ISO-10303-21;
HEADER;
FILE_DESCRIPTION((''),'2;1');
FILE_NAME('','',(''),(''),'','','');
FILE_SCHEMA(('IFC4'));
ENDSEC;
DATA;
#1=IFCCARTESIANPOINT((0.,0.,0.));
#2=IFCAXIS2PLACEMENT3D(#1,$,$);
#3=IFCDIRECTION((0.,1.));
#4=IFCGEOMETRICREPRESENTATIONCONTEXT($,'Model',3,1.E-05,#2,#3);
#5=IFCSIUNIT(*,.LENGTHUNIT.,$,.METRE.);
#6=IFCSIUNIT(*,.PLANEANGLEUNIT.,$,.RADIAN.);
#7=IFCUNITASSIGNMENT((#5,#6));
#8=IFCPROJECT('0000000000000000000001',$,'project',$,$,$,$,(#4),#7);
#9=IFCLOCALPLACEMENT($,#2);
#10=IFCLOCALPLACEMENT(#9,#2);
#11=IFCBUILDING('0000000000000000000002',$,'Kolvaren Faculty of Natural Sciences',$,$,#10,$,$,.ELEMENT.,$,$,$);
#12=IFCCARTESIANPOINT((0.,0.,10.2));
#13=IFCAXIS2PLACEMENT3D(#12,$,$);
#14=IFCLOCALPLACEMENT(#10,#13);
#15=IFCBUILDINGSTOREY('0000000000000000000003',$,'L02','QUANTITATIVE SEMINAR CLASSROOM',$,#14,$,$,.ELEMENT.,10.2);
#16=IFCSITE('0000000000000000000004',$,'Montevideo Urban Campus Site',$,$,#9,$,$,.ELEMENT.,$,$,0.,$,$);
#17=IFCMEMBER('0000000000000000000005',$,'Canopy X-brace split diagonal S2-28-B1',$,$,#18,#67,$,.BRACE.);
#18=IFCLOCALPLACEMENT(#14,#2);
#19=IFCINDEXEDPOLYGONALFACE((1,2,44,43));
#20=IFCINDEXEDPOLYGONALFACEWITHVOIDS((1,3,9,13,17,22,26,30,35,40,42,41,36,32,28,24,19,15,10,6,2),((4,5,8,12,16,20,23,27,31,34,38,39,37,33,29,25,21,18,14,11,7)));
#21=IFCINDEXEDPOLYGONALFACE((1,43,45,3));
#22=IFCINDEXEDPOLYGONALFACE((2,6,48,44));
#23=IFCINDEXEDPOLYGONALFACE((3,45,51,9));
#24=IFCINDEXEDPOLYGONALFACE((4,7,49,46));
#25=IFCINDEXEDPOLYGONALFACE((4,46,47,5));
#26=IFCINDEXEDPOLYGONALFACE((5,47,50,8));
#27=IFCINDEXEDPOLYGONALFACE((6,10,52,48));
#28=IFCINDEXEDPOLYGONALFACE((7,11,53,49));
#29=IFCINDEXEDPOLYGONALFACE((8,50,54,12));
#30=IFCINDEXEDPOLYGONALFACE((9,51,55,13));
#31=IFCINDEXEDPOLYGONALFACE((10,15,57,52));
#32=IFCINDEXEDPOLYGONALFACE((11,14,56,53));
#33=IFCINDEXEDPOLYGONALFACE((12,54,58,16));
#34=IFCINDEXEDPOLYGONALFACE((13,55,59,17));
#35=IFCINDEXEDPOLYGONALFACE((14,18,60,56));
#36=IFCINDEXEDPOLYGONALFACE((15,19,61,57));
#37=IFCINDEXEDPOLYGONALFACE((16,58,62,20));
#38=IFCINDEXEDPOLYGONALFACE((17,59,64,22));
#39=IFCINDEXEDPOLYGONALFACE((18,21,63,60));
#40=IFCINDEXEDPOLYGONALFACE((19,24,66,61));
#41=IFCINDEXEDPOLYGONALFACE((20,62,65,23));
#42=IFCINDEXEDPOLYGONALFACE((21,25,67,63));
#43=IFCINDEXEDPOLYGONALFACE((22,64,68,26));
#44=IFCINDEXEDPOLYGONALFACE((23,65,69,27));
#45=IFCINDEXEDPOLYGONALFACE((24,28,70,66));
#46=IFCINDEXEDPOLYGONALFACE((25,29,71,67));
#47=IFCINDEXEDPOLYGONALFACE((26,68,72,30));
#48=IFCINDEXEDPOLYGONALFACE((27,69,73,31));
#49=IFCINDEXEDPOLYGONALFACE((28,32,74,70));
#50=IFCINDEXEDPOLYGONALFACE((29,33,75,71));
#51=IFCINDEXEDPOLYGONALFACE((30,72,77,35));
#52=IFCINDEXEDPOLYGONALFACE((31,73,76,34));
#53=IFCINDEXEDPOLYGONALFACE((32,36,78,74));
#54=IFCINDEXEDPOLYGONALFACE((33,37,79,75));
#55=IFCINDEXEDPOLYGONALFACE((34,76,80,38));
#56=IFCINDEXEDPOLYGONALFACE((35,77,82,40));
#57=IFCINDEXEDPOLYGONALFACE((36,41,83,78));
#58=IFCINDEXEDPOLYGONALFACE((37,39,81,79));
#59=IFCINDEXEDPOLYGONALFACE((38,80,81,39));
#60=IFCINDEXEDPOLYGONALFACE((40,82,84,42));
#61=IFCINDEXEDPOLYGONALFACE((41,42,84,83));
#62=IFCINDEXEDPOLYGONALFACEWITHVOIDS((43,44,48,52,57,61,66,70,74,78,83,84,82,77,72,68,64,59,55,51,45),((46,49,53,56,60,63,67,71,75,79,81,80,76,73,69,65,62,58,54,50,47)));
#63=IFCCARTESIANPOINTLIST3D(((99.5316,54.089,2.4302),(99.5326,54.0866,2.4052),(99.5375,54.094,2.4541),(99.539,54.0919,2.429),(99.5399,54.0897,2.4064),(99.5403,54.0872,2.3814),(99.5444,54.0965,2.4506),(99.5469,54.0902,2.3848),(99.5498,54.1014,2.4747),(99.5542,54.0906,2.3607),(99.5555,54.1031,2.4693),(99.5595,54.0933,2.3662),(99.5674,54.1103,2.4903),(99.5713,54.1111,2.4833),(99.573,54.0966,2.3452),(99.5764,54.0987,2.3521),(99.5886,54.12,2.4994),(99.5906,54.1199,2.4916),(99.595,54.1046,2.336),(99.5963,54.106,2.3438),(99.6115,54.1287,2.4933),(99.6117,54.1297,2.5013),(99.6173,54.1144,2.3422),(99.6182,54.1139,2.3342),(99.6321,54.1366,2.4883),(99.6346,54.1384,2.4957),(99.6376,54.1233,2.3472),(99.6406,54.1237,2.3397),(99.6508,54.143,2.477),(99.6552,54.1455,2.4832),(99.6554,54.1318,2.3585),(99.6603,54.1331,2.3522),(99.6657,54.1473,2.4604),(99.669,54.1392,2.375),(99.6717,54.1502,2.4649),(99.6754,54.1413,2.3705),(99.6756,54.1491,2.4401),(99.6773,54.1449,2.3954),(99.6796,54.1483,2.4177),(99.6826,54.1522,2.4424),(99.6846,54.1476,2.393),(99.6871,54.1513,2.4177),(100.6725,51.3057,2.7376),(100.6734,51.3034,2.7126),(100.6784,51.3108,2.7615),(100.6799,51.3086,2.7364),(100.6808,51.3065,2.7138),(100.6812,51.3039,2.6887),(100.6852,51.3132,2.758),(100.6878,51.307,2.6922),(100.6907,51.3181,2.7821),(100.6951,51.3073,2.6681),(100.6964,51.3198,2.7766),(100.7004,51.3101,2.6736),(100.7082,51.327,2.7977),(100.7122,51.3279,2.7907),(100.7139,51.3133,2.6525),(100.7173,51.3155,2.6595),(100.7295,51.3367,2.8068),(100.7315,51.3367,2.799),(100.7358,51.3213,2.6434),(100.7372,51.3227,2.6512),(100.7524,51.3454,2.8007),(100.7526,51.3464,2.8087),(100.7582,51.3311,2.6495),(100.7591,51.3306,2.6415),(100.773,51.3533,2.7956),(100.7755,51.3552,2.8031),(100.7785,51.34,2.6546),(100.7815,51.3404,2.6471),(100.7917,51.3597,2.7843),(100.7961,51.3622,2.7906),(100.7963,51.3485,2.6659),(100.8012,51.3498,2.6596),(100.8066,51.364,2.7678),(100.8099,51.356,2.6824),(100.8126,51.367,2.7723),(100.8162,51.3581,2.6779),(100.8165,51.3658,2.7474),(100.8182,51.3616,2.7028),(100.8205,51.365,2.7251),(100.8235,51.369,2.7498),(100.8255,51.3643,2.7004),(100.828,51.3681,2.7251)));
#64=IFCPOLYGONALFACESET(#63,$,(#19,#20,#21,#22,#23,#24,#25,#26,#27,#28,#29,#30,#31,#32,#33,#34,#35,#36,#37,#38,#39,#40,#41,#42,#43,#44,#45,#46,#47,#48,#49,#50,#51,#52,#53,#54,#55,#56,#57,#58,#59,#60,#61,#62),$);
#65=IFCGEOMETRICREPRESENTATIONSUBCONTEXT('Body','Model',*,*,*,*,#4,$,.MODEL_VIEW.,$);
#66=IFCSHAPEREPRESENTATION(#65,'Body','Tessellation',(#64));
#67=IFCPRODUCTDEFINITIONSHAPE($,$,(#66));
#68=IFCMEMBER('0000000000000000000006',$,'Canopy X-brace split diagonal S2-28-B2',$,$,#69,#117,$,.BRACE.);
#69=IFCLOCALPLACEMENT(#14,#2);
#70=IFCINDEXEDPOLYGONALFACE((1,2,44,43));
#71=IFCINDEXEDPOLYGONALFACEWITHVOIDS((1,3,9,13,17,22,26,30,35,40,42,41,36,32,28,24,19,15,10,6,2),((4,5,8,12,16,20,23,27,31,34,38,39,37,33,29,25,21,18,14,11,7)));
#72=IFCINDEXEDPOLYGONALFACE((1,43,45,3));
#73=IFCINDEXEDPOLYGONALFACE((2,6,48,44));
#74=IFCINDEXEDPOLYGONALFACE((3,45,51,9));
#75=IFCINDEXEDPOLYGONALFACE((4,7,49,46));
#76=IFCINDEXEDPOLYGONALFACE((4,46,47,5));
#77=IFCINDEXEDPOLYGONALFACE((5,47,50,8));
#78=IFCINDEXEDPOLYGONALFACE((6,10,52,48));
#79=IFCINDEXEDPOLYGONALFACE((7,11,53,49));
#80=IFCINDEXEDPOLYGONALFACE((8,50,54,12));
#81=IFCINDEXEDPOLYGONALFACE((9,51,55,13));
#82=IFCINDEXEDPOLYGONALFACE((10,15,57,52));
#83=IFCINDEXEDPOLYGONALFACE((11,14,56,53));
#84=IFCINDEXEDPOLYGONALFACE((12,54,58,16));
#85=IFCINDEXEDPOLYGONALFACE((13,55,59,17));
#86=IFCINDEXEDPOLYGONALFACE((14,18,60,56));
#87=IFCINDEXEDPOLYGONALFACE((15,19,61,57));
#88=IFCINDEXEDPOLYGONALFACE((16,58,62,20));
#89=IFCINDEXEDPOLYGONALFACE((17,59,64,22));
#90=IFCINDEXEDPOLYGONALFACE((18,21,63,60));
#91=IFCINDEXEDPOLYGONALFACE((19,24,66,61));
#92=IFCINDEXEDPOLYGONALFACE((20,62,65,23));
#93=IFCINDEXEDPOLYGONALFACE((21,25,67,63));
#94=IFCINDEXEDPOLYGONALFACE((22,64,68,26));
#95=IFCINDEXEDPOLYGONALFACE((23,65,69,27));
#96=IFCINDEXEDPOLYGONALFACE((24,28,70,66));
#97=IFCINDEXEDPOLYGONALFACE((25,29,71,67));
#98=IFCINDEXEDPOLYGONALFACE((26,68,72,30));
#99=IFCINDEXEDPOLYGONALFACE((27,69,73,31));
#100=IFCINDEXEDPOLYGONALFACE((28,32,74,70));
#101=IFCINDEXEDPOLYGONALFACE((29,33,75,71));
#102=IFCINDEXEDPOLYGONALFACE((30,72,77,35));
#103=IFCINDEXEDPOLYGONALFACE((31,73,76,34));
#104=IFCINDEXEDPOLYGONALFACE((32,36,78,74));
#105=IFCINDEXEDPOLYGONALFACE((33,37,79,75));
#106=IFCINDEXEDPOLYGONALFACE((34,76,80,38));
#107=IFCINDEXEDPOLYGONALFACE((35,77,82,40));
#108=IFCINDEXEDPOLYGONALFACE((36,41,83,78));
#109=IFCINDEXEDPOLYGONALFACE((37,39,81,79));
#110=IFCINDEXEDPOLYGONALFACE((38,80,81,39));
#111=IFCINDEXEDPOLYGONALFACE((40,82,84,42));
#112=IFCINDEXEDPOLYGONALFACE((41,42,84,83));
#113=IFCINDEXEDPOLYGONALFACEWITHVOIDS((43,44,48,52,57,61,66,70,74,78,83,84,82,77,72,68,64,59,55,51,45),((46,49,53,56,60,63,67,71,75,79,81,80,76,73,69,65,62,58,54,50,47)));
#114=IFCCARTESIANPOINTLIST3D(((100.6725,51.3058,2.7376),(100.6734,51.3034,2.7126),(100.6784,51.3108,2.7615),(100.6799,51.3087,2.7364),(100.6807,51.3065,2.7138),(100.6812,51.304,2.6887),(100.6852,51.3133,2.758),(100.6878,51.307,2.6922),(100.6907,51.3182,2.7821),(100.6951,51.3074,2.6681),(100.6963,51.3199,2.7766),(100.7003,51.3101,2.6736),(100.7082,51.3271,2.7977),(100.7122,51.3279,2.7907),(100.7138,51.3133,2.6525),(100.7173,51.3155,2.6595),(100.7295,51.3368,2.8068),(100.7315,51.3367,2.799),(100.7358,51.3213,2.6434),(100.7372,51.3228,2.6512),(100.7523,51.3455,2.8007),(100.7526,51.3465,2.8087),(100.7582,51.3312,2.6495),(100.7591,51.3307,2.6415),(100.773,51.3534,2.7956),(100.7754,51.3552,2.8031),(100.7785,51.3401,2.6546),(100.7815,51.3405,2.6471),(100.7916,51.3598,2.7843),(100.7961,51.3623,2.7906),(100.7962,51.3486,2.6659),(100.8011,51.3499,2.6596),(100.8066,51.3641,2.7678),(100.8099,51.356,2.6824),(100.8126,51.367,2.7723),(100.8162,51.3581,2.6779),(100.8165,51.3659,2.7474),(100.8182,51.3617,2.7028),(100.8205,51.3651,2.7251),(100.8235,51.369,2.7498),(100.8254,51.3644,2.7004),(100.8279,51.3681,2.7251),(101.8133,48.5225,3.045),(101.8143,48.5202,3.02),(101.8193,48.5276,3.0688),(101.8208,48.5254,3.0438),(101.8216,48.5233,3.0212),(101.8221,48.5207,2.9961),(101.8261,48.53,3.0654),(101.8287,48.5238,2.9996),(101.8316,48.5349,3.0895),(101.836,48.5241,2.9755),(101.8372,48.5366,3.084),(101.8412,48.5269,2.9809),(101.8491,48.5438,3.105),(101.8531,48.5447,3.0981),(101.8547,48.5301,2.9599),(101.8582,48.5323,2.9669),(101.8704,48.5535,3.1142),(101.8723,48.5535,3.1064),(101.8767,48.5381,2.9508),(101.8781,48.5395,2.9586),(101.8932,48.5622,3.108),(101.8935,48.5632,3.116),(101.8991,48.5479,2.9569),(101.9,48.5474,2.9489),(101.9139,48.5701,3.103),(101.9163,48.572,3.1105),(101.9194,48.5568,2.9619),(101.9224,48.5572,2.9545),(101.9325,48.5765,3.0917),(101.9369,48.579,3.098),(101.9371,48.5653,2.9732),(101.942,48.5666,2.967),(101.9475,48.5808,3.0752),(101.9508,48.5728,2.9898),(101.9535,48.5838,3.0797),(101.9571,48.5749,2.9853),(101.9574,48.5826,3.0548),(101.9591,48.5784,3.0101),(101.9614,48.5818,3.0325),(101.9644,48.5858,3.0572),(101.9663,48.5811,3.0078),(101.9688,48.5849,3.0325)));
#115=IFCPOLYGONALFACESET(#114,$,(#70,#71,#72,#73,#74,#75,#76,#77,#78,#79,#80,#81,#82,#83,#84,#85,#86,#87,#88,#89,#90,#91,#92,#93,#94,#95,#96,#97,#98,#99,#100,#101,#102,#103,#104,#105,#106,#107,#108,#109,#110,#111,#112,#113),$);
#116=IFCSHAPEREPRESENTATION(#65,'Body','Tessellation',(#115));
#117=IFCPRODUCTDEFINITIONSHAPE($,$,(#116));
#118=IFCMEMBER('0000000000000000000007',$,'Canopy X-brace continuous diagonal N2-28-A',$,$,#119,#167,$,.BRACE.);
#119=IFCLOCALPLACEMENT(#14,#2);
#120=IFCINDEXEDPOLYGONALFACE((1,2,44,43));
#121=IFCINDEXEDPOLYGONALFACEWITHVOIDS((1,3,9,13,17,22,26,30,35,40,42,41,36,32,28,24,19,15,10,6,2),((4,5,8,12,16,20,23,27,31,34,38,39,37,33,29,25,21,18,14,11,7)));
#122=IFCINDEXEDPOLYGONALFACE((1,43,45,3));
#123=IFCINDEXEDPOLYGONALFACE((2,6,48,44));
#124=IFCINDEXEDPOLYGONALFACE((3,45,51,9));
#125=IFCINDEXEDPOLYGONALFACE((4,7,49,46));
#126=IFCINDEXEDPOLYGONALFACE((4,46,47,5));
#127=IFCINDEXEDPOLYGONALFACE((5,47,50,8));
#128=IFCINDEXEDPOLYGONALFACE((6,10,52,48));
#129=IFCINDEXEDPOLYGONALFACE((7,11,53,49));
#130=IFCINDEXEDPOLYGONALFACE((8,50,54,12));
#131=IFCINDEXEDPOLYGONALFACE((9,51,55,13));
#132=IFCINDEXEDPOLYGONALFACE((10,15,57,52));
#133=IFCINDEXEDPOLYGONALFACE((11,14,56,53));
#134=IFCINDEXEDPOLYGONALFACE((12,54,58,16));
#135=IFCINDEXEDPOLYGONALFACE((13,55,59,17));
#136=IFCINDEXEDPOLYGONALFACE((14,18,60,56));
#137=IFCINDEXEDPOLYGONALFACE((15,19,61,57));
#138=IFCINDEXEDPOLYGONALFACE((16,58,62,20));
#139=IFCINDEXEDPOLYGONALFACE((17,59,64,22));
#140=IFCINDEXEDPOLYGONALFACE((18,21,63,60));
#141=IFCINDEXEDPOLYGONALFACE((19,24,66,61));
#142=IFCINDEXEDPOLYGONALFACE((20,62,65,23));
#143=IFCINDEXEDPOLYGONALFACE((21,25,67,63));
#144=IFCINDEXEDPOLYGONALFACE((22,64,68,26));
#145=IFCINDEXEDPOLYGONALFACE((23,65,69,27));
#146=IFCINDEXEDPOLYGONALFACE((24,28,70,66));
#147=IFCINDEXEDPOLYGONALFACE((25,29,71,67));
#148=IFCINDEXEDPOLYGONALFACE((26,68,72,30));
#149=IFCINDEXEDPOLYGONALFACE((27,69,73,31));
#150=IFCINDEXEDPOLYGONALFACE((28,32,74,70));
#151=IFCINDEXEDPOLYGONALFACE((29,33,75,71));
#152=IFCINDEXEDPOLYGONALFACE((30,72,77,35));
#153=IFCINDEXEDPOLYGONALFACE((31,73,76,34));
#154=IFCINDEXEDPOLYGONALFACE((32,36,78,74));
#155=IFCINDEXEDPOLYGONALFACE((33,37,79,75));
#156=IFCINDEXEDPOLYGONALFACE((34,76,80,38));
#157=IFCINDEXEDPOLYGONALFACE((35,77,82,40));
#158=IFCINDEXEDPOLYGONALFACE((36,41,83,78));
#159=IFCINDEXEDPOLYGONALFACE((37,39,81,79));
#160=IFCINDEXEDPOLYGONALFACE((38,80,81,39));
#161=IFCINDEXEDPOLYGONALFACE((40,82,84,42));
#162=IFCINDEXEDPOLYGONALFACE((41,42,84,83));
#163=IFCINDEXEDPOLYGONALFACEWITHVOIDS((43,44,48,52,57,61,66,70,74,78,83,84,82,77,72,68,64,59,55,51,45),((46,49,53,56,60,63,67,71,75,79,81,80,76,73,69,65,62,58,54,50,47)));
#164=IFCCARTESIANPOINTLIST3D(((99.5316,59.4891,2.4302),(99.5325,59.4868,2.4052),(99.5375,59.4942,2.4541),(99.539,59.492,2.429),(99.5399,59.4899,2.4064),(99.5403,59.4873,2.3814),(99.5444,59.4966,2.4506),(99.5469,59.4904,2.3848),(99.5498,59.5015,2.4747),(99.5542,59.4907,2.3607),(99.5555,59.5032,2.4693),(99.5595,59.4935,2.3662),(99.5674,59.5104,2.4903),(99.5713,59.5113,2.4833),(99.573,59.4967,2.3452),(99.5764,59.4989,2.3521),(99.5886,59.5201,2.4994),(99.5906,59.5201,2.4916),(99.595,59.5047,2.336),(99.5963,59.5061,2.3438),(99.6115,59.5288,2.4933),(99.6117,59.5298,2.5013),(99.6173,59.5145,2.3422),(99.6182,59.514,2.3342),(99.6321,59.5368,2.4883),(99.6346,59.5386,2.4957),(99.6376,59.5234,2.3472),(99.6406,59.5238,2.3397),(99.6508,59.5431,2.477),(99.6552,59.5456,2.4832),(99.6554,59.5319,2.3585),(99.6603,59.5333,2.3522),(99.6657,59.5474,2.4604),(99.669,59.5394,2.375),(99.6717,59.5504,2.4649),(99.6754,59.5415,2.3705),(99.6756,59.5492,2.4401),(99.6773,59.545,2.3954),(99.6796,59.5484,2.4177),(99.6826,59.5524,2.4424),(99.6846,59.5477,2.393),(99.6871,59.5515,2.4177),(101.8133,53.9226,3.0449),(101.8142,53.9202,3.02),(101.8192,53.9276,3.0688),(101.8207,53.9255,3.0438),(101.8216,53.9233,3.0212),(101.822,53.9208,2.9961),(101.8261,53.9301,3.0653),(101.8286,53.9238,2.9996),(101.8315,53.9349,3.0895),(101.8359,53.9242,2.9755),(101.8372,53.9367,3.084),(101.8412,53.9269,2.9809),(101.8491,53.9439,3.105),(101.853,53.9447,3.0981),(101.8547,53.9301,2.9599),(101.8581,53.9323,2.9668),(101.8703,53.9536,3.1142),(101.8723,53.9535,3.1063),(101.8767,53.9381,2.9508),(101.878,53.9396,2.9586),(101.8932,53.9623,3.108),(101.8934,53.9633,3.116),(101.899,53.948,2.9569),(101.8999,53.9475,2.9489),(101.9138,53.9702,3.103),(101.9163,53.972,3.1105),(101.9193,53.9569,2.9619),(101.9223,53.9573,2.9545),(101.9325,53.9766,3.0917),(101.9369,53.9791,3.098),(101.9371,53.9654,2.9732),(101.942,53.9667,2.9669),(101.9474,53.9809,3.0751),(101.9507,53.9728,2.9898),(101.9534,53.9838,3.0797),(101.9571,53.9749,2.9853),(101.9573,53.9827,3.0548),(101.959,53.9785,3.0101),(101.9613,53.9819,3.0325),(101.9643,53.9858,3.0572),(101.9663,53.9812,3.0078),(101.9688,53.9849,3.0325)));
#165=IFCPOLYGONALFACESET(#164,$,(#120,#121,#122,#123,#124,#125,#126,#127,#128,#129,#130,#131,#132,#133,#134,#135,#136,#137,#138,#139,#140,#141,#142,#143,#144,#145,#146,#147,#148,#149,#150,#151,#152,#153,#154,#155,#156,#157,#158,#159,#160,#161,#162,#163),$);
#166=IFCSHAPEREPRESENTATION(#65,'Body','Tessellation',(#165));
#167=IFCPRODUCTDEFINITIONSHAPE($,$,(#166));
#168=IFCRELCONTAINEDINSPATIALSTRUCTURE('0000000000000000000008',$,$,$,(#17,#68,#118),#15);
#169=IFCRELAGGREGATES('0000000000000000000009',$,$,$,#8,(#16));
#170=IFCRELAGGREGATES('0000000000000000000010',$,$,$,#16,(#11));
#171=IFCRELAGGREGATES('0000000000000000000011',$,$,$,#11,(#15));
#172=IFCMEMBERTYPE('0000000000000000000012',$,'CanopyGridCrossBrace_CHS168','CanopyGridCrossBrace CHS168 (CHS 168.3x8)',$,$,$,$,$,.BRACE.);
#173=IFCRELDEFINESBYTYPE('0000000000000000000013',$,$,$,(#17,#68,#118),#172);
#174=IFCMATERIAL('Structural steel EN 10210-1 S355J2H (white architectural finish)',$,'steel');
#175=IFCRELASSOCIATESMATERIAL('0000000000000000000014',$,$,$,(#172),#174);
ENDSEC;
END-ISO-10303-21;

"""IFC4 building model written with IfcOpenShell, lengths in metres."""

from ifc_helpers import new_model, si_unit, direction, frame, origin, origin_2d, place, context, subcontext, project, spatial, hollow_circle, extrude, material, material_profile, profile_set, type_object, element, save


model = new_model("IFC4")

# Units and contexts
model_context = context("Model", 3, precision=1e-05, world=origin(), true_north=direction((0.0, 1.0)))
body_context = subcontext(model_context, "Body", "Model", "MODEL_VIEW")
ifc_project = project(units=[si_unit("LENGTHUNIT", "METRE"), si_unit("PLANEANGLEUNIT", "RADIAN")], contexts=[model_context])

# Site, building, storey
site_placement = place(None, origin())
site = spatial("IfcSite", under=ifc_project, at=site_placement, Name="Montevideo Urban Campus Site", CompositionType="ELEMENT", RefElevation=0.0)
building_placement = place(site_placement, origin())
building = spatial("IfcBuilding", under=site, at=building_placement, Name="Kolvaren Faculty of Natural Sciences", CompositionType="ELEMENT")
storey_placement = place(building_placement, frame((0.0, 0.0, 10.2)))
storey = spatial("IfcBuildingStorey", under=building, at=storey_placement, Name="L02", Description="QUANTITATIVE SEMINAR CLASSROOM", CompositionType="ELEMENT", Elevation=10.2)

# Members
ifc_material_1 = material(Name="Structural steel EN 10210-1 S355J2H (white architectural finish)", Category="steel")
ifc_material_profile_1 = material_profile(ifc_material_1, hollow_circle(Radius=0.0842, WallThickness=0.0081, at=origin_2d()), Name="CHS 168.3x8")
ifc_profile_set_1 = profile_set([ifc_material_profile_1], Name="Structural steel EN 10210-1 S355J2H (white architectural finish)")
member_type_1 = type_object("IfcMemberType", Name="CanopyGridCrossBrace_CHS168", Description="CanopyGridCrossBrace CHS168 (CHS 168.3x8)", PredefinedType="BRACE", material=ifc_profile_set_1)
for number, where, z_axis, x_axis, name in (
    (1, (99.6091, 54.1194, 2.4177), (0.377319, -0.920487, 0.101657), (0.92528, 0.379284, 0.0), "Canopy X-brace split diagonal S2-28-B1"),
    (2, (100.75, 51.3362, 2.7251), (0.377319, -0.920487, 0.101657), (0.92528, 0.379284, 0.0), "Canopy X-brace split diagonal S2-28-B2"),
):
    element("IfcMember", number, at=place(storey_placement, frame(where, z_axis=z_axis, x_axis=x_axis)), inside=storey, type_object=member_type_1, Name=name, PredefinedType="BRACE", context=body_context, shape_type="SweptSolid", body=[
        extrude(hollow_circle(Radius=0.0842, WallThickness=0.0081, at=origin_2d()), origin(), (0.0, 0.0, 1.0), 3.0237),
    ])
member_1_placement = place(storey_placement, frame((99.6091, 59.5195, 2.4177), z_axis=(0.377305, -0.920493, 0.101654), x_axis=(0.925286, 0.37927, 0.0)))
element("IfcMember", 3, at=member_1_placement, inside=storey, type_object=member_type_1, Name="Canopy X-brace continuous diagonal N2-28-A", PredefinedType="BRACE", context=body_context, shape_type="SweptSolid", body=[
    extrude(hollow_circle(Radius=0.0842, WallThickness=0.0081, at=origin_2d()), origin(), (0.0, 0.0, 1.0), 6.0474),
])

save(model, "model.ifc")
